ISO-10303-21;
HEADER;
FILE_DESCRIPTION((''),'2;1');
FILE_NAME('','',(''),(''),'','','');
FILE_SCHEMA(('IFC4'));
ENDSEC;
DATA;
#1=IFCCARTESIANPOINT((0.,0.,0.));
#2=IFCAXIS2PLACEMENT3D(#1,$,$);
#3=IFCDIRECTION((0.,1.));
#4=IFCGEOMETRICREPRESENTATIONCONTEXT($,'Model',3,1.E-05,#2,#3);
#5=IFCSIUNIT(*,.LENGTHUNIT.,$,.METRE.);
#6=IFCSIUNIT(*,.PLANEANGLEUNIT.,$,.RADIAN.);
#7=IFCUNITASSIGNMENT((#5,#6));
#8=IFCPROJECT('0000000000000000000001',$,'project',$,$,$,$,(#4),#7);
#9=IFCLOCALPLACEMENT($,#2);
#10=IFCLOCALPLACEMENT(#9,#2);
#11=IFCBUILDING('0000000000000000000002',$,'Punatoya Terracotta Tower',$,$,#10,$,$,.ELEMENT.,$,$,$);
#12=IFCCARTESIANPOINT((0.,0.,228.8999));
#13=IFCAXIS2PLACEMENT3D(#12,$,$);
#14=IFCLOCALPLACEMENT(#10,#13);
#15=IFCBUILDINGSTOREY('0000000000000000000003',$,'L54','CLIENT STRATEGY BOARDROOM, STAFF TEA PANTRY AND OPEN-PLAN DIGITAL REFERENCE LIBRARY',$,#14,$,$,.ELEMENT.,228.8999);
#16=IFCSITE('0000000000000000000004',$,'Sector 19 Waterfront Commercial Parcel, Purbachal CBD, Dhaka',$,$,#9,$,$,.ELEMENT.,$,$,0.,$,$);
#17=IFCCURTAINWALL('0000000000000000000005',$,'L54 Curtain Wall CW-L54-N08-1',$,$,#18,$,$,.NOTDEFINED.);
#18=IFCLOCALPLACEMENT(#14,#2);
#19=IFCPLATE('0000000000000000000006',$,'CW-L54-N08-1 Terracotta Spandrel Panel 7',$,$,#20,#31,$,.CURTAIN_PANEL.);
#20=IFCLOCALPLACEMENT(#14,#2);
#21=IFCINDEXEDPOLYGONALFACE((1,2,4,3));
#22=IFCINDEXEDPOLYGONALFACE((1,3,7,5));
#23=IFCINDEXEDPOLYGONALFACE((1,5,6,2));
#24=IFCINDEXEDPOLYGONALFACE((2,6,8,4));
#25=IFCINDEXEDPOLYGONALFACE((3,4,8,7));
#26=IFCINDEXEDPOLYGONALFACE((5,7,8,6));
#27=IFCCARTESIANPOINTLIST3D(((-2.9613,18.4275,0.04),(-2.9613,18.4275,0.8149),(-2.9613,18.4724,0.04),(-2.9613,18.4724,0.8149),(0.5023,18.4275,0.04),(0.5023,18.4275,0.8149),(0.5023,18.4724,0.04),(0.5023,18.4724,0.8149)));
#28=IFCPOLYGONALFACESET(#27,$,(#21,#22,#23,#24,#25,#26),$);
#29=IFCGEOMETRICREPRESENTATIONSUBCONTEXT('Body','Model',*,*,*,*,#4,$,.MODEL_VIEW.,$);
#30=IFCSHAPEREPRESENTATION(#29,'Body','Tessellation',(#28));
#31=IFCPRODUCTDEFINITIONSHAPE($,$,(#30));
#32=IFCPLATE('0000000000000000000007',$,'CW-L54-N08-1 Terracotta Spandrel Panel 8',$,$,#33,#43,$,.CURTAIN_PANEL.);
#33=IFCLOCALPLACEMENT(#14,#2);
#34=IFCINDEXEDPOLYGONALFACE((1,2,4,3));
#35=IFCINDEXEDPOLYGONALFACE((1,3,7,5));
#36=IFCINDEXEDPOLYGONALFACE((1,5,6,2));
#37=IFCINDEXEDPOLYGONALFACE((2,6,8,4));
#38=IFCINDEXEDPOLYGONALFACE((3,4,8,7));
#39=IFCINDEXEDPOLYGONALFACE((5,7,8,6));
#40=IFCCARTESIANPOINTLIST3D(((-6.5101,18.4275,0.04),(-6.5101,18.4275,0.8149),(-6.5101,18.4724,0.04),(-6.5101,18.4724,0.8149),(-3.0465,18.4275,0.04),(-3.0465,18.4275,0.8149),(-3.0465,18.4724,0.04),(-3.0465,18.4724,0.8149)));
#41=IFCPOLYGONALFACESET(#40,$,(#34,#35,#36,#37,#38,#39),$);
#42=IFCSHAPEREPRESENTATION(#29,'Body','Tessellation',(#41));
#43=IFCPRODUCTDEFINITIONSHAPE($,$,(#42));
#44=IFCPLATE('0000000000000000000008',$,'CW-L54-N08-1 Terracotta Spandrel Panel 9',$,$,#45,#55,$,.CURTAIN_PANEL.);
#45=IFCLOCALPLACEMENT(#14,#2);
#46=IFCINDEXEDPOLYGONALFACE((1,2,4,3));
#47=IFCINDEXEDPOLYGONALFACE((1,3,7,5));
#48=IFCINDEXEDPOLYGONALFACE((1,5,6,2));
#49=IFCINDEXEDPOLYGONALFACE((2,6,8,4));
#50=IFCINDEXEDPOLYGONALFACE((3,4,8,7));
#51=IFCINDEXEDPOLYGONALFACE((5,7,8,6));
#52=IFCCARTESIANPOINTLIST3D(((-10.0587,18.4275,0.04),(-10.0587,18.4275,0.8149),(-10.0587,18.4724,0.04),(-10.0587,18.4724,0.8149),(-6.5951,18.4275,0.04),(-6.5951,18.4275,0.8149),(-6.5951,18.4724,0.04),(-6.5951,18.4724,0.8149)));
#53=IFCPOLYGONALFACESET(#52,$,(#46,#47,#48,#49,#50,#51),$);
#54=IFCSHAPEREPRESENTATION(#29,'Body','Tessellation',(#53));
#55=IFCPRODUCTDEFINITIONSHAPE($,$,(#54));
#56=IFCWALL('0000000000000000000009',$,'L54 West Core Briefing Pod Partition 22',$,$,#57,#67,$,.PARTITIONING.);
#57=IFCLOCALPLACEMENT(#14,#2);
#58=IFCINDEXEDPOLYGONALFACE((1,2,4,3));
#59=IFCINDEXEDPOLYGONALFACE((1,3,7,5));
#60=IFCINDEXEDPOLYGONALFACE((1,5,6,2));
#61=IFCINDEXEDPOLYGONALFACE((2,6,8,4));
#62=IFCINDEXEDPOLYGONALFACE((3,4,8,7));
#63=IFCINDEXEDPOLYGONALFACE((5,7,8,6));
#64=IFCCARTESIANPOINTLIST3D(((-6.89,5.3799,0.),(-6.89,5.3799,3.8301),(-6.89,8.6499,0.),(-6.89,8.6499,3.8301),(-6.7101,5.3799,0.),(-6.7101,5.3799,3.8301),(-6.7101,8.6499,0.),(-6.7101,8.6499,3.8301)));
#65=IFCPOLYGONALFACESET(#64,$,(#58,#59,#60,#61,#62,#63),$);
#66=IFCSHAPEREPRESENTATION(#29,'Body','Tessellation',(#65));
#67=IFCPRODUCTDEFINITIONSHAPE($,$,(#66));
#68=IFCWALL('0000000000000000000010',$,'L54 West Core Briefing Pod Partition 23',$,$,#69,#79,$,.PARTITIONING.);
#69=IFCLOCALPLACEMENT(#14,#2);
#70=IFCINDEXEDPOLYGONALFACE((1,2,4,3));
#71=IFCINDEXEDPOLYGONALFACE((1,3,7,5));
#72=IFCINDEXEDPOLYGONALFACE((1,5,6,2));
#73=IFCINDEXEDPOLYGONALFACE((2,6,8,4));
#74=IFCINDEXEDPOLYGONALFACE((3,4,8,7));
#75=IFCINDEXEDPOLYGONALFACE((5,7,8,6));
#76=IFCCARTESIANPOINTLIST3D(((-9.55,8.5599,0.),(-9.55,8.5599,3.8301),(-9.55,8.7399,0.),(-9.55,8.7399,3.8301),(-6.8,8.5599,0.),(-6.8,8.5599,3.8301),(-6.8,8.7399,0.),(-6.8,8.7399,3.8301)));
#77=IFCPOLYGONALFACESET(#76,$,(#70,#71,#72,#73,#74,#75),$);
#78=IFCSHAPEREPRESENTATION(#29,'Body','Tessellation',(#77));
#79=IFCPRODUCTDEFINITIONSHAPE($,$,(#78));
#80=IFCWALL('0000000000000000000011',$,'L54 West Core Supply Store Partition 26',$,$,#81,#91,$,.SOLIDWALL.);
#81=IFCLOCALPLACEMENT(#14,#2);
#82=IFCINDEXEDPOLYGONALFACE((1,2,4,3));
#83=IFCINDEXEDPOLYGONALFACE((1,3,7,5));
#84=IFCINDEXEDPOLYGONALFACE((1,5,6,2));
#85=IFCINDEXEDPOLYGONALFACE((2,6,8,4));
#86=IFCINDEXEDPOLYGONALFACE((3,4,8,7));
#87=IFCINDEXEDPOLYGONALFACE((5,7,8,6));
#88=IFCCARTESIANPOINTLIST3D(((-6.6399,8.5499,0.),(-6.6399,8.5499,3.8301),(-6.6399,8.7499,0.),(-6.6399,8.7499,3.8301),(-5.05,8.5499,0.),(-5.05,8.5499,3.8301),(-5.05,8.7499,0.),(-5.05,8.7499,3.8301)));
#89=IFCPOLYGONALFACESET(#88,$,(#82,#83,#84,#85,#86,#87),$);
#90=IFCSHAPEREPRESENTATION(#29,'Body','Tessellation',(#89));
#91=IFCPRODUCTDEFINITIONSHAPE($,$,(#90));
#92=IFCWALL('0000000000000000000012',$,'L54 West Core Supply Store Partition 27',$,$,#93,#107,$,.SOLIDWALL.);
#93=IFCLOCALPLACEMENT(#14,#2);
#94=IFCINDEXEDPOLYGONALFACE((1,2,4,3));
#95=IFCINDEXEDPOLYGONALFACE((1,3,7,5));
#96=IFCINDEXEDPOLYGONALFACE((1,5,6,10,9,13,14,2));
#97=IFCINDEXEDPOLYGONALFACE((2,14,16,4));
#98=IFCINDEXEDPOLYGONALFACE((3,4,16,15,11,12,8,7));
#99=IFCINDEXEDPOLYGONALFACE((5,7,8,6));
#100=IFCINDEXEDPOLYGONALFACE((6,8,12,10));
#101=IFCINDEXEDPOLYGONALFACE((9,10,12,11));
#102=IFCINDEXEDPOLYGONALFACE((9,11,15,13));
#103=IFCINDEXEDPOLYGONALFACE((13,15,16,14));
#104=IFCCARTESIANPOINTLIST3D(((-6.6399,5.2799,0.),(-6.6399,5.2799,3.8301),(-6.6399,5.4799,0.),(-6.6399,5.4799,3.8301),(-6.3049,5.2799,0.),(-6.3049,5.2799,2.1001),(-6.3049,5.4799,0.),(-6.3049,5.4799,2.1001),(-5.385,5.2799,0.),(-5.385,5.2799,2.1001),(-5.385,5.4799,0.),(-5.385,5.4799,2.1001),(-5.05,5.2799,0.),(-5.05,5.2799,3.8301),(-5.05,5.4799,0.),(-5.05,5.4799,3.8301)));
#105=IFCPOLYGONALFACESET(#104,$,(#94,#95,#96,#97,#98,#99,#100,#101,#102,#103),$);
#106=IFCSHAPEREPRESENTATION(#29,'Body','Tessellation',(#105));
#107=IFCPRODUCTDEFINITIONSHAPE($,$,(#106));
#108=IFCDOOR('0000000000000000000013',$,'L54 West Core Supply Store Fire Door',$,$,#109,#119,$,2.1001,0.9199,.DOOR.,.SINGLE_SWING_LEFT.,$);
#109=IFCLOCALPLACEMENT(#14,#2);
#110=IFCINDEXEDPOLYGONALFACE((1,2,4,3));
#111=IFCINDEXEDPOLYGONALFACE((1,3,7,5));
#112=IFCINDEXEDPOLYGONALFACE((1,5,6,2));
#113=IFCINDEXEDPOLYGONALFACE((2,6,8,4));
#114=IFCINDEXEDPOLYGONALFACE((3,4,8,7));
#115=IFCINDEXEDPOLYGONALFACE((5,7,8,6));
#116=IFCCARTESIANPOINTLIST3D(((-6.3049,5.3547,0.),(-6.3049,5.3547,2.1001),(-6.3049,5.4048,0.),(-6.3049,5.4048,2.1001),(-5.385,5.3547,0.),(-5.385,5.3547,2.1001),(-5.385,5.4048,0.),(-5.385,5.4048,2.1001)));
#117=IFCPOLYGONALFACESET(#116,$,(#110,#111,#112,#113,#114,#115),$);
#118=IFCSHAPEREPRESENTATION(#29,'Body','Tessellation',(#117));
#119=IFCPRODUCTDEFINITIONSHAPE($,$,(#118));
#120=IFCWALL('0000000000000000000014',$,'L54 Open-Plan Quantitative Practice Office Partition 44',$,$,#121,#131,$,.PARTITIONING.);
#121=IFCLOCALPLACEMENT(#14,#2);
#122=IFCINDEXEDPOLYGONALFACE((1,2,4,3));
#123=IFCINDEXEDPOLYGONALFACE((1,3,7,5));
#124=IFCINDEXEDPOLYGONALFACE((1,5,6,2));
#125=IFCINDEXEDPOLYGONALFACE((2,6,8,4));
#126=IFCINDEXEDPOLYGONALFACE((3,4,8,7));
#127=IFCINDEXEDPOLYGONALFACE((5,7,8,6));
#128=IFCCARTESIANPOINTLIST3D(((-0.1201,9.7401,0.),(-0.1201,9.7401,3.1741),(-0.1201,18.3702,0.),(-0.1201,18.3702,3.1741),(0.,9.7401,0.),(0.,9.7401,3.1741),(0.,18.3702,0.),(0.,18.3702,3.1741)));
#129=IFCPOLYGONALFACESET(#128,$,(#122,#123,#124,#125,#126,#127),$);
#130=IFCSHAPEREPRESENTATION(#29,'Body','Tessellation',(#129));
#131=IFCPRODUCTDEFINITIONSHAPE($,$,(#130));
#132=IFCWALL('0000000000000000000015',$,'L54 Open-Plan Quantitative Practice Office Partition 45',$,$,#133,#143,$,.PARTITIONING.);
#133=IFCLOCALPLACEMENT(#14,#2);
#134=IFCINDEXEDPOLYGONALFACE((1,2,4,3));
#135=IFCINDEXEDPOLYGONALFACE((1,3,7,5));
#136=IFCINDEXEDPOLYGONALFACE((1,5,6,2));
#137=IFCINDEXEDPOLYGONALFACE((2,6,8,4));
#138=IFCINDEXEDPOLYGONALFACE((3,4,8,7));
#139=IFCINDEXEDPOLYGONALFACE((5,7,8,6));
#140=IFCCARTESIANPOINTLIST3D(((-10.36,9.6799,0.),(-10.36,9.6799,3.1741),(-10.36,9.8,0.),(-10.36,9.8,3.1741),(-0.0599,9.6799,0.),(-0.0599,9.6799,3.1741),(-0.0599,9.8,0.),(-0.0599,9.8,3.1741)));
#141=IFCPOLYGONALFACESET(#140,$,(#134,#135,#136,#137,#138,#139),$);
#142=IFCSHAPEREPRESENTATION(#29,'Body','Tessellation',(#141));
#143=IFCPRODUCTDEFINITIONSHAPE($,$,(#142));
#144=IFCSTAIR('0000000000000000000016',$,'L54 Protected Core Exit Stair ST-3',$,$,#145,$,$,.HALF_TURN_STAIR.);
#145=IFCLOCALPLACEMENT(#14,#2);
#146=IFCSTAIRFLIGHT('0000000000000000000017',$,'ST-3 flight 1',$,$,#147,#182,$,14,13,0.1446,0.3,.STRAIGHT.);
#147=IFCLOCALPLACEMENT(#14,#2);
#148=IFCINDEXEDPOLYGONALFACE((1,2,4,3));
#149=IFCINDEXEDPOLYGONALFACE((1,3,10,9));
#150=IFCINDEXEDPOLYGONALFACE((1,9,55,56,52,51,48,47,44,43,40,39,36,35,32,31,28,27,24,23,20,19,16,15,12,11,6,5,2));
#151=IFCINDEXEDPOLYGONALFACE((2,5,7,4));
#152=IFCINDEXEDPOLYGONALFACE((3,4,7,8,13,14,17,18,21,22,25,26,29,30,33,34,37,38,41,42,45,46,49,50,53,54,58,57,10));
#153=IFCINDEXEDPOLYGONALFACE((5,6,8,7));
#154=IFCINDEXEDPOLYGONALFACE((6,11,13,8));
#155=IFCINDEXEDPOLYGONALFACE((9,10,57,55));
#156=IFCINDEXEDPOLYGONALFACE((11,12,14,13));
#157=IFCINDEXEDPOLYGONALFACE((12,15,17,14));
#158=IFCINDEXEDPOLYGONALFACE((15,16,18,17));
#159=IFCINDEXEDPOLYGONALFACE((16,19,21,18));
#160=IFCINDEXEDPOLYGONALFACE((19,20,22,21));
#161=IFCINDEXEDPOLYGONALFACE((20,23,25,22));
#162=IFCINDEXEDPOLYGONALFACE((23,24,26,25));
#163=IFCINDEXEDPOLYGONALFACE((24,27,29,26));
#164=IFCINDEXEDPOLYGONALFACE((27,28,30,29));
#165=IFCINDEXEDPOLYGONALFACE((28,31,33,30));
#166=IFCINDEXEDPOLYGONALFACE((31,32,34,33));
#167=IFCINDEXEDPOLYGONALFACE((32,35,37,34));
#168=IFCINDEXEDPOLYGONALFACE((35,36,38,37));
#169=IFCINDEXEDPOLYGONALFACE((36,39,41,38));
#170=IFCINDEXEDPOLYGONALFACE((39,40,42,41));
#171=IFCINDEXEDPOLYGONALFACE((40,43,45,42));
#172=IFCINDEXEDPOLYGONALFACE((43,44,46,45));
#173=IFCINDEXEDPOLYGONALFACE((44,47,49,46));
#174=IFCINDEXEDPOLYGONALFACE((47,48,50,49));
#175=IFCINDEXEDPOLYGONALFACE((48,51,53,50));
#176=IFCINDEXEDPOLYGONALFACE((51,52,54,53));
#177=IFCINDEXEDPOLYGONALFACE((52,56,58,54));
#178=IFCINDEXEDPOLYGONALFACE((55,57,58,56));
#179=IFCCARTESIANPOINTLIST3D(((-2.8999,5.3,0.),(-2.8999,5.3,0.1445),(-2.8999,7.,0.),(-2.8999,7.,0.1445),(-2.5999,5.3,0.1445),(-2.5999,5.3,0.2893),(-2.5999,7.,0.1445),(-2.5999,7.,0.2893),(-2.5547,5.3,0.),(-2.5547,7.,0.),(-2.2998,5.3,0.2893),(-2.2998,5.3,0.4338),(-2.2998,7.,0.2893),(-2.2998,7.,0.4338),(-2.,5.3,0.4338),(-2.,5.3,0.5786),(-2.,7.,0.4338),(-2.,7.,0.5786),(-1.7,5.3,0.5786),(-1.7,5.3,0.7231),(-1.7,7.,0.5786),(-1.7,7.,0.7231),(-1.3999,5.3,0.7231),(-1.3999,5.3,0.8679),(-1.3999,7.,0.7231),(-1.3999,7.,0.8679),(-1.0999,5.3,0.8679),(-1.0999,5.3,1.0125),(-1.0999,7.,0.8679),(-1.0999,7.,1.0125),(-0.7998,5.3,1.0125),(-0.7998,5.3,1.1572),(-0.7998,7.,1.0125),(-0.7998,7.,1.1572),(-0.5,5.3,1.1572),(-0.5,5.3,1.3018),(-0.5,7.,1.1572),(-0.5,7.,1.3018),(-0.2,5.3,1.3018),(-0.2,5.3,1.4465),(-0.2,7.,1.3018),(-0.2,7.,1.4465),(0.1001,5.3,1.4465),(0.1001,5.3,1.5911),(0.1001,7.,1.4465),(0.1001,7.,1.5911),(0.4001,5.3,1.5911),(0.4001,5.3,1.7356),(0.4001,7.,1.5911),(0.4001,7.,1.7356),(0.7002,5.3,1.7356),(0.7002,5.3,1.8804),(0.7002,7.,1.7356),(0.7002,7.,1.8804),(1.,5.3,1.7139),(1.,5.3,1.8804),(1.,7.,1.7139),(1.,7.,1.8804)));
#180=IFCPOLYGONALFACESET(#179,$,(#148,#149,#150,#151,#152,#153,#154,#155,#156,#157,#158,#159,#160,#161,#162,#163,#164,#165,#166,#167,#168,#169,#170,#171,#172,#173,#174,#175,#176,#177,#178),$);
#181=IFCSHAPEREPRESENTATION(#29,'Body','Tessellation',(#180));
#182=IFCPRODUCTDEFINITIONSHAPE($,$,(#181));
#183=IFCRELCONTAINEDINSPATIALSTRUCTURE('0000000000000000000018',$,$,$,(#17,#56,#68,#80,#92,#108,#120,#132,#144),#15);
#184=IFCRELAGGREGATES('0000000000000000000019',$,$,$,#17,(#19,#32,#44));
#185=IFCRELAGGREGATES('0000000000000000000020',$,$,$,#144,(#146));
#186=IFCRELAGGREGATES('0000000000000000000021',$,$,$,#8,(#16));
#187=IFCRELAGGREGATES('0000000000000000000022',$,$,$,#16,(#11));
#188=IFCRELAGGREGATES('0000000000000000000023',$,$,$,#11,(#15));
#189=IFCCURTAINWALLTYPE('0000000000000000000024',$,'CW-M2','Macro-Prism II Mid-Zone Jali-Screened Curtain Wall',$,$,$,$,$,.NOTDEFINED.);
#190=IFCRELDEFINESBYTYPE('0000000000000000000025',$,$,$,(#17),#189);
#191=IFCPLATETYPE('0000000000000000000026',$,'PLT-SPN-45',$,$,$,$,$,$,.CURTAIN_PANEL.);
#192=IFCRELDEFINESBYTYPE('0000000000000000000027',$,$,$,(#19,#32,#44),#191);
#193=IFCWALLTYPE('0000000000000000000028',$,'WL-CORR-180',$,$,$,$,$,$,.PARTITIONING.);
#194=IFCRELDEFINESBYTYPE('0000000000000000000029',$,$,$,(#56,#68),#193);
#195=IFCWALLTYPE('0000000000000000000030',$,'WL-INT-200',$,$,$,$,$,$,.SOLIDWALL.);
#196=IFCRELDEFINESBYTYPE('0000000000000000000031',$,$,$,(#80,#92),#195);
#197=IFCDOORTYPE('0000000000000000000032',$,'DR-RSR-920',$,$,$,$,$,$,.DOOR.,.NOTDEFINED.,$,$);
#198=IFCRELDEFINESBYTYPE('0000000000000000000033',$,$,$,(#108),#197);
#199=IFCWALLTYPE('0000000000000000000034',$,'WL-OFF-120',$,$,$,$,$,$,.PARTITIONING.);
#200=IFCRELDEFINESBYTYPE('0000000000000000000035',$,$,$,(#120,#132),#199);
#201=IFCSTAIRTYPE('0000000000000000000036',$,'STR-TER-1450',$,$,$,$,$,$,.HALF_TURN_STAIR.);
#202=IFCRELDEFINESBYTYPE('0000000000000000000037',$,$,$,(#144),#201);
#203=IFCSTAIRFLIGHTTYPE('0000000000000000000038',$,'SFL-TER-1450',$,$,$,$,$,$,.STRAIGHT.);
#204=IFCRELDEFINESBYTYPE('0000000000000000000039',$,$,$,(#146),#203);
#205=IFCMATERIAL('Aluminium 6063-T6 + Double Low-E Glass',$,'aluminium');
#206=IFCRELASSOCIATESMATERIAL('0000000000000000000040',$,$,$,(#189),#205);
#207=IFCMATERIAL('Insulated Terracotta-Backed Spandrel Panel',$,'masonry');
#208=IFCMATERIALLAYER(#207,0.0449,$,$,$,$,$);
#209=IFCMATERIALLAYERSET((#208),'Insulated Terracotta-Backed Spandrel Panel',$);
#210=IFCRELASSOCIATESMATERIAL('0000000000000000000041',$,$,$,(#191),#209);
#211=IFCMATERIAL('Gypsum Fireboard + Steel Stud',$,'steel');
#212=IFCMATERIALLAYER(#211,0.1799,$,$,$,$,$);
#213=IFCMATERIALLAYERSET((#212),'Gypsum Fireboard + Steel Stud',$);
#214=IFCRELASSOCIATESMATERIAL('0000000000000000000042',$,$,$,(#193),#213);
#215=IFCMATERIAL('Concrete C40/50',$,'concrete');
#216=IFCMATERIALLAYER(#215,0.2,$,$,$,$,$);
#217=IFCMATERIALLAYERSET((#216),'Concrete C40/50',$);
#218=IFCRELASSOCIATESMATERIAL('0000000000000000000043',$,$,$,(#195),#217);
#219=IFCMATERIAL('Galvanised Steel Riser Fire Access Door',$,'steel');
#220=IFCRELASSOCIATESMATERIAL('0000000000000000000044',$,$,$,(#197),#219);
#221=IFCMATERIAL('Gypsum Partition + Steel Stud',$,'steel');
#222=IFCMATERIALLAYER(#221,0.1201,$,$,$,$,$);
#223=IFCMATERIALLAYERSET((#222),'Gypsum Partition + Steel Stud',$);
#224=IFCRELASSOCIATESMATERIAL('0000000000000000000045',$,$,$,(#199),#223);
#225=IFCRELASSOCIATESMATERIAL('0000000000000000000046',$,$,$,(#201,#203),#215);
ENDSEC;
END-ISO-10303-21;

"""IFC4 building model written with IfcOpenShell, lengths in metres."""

from ifc_helpers import new_model, si_unit, direction, frame, frame_2d, origin, origin_2d, place, context, subcontext, project, spatial, polyline, rectangle, outline, extrude, material, layer, layer_set, type_object, element, fill, aggregate, save


model = new_model("IFC4")

# Units and contexts
model_context = context("Model", 3, precision=1e-05, world=origin(), true_north=direction((0.0, 1.0)))
body_context = subcontext(model_context, "Body", "Model", "MODEL_VIEW")
ifc_project = project(units=[si_unit("LENGTHUNIT", "METRE"), si_unit("PLANEANGLEUNIT", "RADIAN")], contexts=[model_context])

# Site, building, storey
site_placement = place(None, origin())
site = spatial("IfcSite", under=ifc_project, at=site_placement, Name="Sector 19 Waterfront Commercial Parcel, Purbachal CBD, Dhaka", CompositionType="ELEMENT", RefElevation=0.0)
building_placement = place(site_placement, origin())
building = spatial("IfcBuilding", under=site, at=building_placement, Name="Punatoya Terracotta Tower", CompositionType="ELEMENT")
storey_placement = place(building_placement, frame((0.0, 0.0, 228.8999)))
storey = spatial("IfcBuildingStorey", under=building, at=storey_placement, Name="L54", Description="CLIENT STRATEGY BOARDROOM, STAFF TEA PANTRY AND OPEN-PLAN DIGITAL REFERENCE LIBRARY", CompositionType="ELEMENT", Elevation=228.8999)

# Curtain wall, plates
ifc_material_1 = material(Name="Aluminium 6063-T6 + Double Low-E Glass", Category="aluminium")
curtain_wall_type = type_object("IfcCurtainWallType", Name="CW-M2", Description="Macro-Prism II Mid-Zone Jali-Screened Curtain Wall", PredefinedType="NOTDEFINED", material=ifc_material_1)
curtain_wall_placement = place(storey_placement, origin())
curtain_wall = element("IfcCurtainWall", 1, at=curtain_wall_placement, inside=storey, type_object=curtain_wall_type, Name="L54 Curtain Wall CW-L54-N08-1", PredefinedType="NOTDEFINED")
ifc_material_2 = material(Name="Insulated Terracotta-Backed Spandrel Panel", Category="masonry")
ifc_layer_1 = layer(ifc_material_2, 0.0449)
ifc_layer_set_1 = layer_set([ifc_layer_1], Name="Insulated Terracotta-Backed Spandrel Panel")
plate_type_1 = type_object("IfcPlateType", Name="PLT-SPN-45", PredefinedType="CURTAIN_PANEL", material=ifc_layer_set_1)
plate_1_placement = place(storey_placement, frame((-1.2295, 18.45, 0.04), z_axis=(0.0, 0.0, 1.0), x_axis=(-1.0, 0.0, 0.0)))
plate_1 = element("IfcPlate", 2, at=plate_1_placement, type_object=plate_type_1, Name="CW-L54-N08-1 Terracotta Spandrel Panel 7", PredefinedType="CURTAIN_PANEL", context=body_context, shape_type="SweptSolid", body=[
    extrude(rectangle(XDim=3.4636, YDim=0.0449, at=origin_2d()), origin(), (0.0, 0.0, 1.0), 0.7749),
])
plate_2_placement = place(storey_placement, frame((-4.7783, 18.45, 0.04), z_axis=(0.0, 0.0, 1.0), x_axis=(-1.0, 0.0, 0.0)))
plate_2 = element("IfcPlate", 3, at=plate_2_placement, type_object=plate_type_1, Name="CW-L54-N08-1 Terracotta Spandrel Panel 8", PredefinedType="CURTAIN_PANEL", context=body_context, shape_type="SweptSolid", body=[
    extrude(rectangle(XDim=3.4636, YDim=0.0449, at=origin_2d()), origin(), (0.0, 0.0, 1.0), 0.7749),
])
plate_3_placement = place(storey_placement, frame((-8.3269, 18.45, 0.04), z_axis=(0.0, 0.0, 1.0), x_axis=(-1.0, 0.0, 0.0)))
plate_3 = element("IfcPlate", 4, at=plate_3_placement, type_object=plate_type_1, Name="CW-L54-N08-1 Terracotta Spandrel Panel 9", PredefinedType="CURTAIN_PANEL", context=body_context, shape_type="SweptSolid", body=[
    extrude(rectangle(XDim=3.4636, YDim=0.0449, at=origin_2d()), origin(), (0.0, 0.0, 1.0), 0.7749),
])
aggregate(curtain_wall, [plate_1, plate_2, plate_3])

# Walls
ifc_material_3 = material(Name="Gypsum Fireboard + Steel Stud", Category="steel")
ifc_layer_2 = layer(ifc_material_3, 0.1799)
ifc_layer_set_2 = layer_set([ifc_layer_2], Name="Gypsum Fireboard + Steel Stud")
wall_type_1 = type_object("IfcWallType", Name="WL-CORR-180", PredefinedType="PARTITIONING", material=ifc_layer_set_2)
wall_1_placement = place(storey_placement, frame((-6.8, 5.3799, 0.0), z_axis=(0.0, 0.0, 1.0), x_axis=(0.0, 1.0, 0.0)))
element("IfcWall", 5, at=wall_1_placement, inside=storey, type_object=wall_type_1, Name="L54 West Core Briefing Pod Partition 22", PredefinedType="PARTITIONING", context=body_context, shape_type="SweptSolid", body=[
    extrude(rectangle(XDim=3.27, YDim=0.1799, at=frame_2d((1.635, 0.0))), origin(), (0.0, 0.0, 1.0), 3.8301),
])
wall_2_placement = place(storey_placement, frame((-6.8, 8.6499, 0.0), z_axis=(0.0, 0.0, 1.0), x_axis=(-1.0, 0.0, 0.0)))
element("IfcWall", 6, at=wall_2_placement, inside=storey, type_object=wall_type_1, Name="L54 West Core Briefing Pod Partition 23", PredefinedType="PARTITIONING", context=body_context, shape_type="SweptSolid", body=[
    extrude(rectangle(XDim=2.75, YDim=0.1799, at=frame_2d((1.375, 0.0))), origin(), (0.0, 0.0, 1.0), 3.8301),
])
ifc_material_4 = material(Name="Concrete C40/50", Category="concrete")
ifc_layer_3 = layer(ifc_material_4, 0.2)
ifc_layer_set_3 = layer_set([ifc_layer_3], Name="Concrete C40/50")
wall_type_2 = type_object("IfcWallType", Name="WL-INT-200", PredefinedType="SOLIDWALL", material=ifc_layer_set_3)
wall_3_placement = place(storey_placement, frame((-5.05, 8.6499, 0.0), z_axis=(0.0, 0.0, 1.0), x_axis=(-1.0, 0.0, 0.0)))
element("IfcWall", 7, at=wall_3_placement, inside=storey, type_object=wall_type_2, Name="L54 West Core Supply Store Partition 26", PredefinedType="SOLIDWALL", context=body_context, shape_type="SweptSolid", body=[
    extrude(rectangle(XDim=1.5898, YDim=0.2, at=frame_2d((0.7949, 0.0))), origin(), (0.0, 0.0, 1.0), 3.8301),
])

# Wall, opening, door
wall_4_placement = place(storey_placement, frame((-6.6399, 5.3799, 0.0), z_axis=(0.0, 0.0, 1.0), x_axis=(1.0, 0.0, 0.0)))
wall_4 = element("IfcWall", 8, at=wall_4_placement, inside=storey, type_object=wall_type_2, Name="L54 West Core Supply Store Partition 27", PredefinedType="SOLIDWALL", context=body_context, shape_type="SweptSolid", body=[
    extrude(rectangle(XDim=1.5898, YDim=0.2, at=frame_2d((0.7949, 0.0))), origin(), (0.0, 0.0, 1.0), 3.8301),
])
opening_placement = place(wall_4_placement, frame((0.335, 0.0, 0.0)))
opening = element("IfcOpeningElement", 9, at=opening_placement, cuts=wall_4, PredefinedType="OPENING", context=body_context, shape_type="SweptSolid", body=[
    extrude(rectangle(XDim=0.9199, YDim=2.1001, at=frame_2d((0.46, 1.05))), frame((0.0, 0.1099, 0.0), z_axis=(0.0, -1.0, 0.0), x_axis=(1.0, 0.0, 0.0)), (0.0, 0.0, 1.0), 0.22),
])
ifc_material_5 = material(Name="Galvanised Steel Riser Fire Access Door", Category="steel")
door_type = type_object("IfcDoorType", Name="DR-RSR-920", OperationType="NOTDEFINED", PredefinedType="DOOR", material=ifc_material_5)
door_placement = place(opening_placement, origin())
door = element("IfcDoor", 10, at=door_placement, inside=storey, type_object=door_type, Name="L54 West Core Supply Store Fire Door", OperationType="SINGLE_SWING_LEFT", OverallHeight=2.1001, OverallWidth=0.9199, PredefinedType="DOOR", context=body_context, shape_type="SweptSolid", body=[
    extrude(rectangle(XDim=0.9199, YDim=2.1001, at=frame_2d((0.46, 1.05))), frame((0.0, 0.0249, 0.0), z_axis=(0.0, -1.0, 0.0), x_axis=(1.0, 0.0, 0.0)), (0.0, 0.0, 1.0), 0.05),
])
fill(opening, door)

# Walls
ifc_material_6 = material(Name="Gypsum Partition + Steel Stud", Category="steel")
ifc_layer_4 = layer(ifc_material_6, 0.1201)
ifc_layer_set_4 = layer_set([ifc_layer_4], Name="Gypsum Partition + Steel Stud")
wall_type_3 = type_object("IfcWallType", Name="WL-OFF-120", PredefinedType="PARTITIONING", material=ifc_layer_set_4)
wall_5_placement = place(storey_placement, frame((-0.0601, 18.3701, 0.0), z_axis=(0.0, 0.0, 1.0), x_axis=(0.0, -1.0, 0.0)))
element("IfcWall", 11, at=wall_5_placement, inside=storey, type_object=wall_type_3, Name="L54 Open-Plan Quantitative Practice Office Partition 44", PredefinedType="PARTITIONING", context=body_context, shape_type="SweptSolid", body=[
    extrude(rectangle(XDim=8.6301, YDim=0.1201, at=frame_2d((4.3149, 0.0))), origin(), (0.0, 0.0, 1.0), 3.1741),
])
wall_6_placement = place(storey_placement, frame((-0.0601, 9.74, 0.0), z_axis=(0.0, 0.0, 1.0), x_axis=(-1.0, 0.0, 0.0)))
element("IfcWall", 12, at=wall_6_placement, inside=storey, type_object=wall_type_3, Name="L54 Open-Plan Quantitative Practice Office Partition 45", PredefinedType="PARTITIONING", context=body_context, shape_type="SweptSolid", body=[
    extrude(rectangle(XDim=10.3, YDim=0.1201, at=frame_2d((5.1499, 0.0))), origin(), (0.0, 0.0, 1.0), 3.1741),
])

# Stair, stair flight
stair_type = type_object("IfcStairType", Name="STR-TER-1450", PredefinedType="HALF_TURN_STAIR", material=ifc_material_4)
stair_placement = place(storey_placement, origin())
stair = element("IfcStair", 13, at=stair_placement, inside=storey, type_object=stair_type, Name="L54 Protected Core Exit Stair ST-3", PredefinedType="HALF_TURN_STAIR")
stair_flight_type = type_object("IfcStairFlightType", Name="SFL-TER-1450", PredefinedType="STRAIGHT", material=ifc_material_4)
stair_flight_placement = place(storey_placement, frame((-2.8999, 6.1499, 0.0), z_axis=(0.0, 0.0, 1.0), x_axis=(1.0, 0.0, 0.0)))
stair_flight = element("IfcStairFlight", 14, at=stair_flight_placement, type_object=stair_flight_type, Name="ST-3 flight 1", NumberOfRisers=14, NumberOfTreads=13, PredefinedType="STRAIGHT", RiserHeight=0.1446, TreadLength=0.3, context=body_context, shape_type="SweptSolid", body=[
    extrude(outline(polyline([(0.0, 0.0), (0.0, 0.1445), (0.3, 0.1445), (0.3, 0.2893), (0.6001, 0.2893), (0.6001, 0.4338), (0.8999, 0.4338), (0.8999, 0.5786), (1.2, 0.5786), (1.2, 0.7231), (1.5, 0.7231), (1.5, 0.8679), (1.8, 0.8679), (1.8, 1.0125), (2.1001, 1.0125), (2.1001, 1.1572), (2.3999, 1.1572), (2.3999, 1.3018), (2.7, 1.3018), (2.7, 1.4465), (3.0, 1.4465), (3.0, 1.5911), (3.3, 1.5911), (3.3, 1.7356), (3.6001, 1.7356), (3.6001, 1.8804), (3.8999, 1.8804), (3.8999, 2.0249), (3.8999, 1.7139), (0.3452, 0.0), (0.0, 0.0)])), frame((0.0, 0.8501, 0.0), z_axis=(0.0, -1.0, 0.0), x_axis=(1.0, 0.0, 0.0)), (0.0, 0.0, 1.0), 1.7),
])
aggregate(stair, [stair_flight])

save(model, "model.ifc")
